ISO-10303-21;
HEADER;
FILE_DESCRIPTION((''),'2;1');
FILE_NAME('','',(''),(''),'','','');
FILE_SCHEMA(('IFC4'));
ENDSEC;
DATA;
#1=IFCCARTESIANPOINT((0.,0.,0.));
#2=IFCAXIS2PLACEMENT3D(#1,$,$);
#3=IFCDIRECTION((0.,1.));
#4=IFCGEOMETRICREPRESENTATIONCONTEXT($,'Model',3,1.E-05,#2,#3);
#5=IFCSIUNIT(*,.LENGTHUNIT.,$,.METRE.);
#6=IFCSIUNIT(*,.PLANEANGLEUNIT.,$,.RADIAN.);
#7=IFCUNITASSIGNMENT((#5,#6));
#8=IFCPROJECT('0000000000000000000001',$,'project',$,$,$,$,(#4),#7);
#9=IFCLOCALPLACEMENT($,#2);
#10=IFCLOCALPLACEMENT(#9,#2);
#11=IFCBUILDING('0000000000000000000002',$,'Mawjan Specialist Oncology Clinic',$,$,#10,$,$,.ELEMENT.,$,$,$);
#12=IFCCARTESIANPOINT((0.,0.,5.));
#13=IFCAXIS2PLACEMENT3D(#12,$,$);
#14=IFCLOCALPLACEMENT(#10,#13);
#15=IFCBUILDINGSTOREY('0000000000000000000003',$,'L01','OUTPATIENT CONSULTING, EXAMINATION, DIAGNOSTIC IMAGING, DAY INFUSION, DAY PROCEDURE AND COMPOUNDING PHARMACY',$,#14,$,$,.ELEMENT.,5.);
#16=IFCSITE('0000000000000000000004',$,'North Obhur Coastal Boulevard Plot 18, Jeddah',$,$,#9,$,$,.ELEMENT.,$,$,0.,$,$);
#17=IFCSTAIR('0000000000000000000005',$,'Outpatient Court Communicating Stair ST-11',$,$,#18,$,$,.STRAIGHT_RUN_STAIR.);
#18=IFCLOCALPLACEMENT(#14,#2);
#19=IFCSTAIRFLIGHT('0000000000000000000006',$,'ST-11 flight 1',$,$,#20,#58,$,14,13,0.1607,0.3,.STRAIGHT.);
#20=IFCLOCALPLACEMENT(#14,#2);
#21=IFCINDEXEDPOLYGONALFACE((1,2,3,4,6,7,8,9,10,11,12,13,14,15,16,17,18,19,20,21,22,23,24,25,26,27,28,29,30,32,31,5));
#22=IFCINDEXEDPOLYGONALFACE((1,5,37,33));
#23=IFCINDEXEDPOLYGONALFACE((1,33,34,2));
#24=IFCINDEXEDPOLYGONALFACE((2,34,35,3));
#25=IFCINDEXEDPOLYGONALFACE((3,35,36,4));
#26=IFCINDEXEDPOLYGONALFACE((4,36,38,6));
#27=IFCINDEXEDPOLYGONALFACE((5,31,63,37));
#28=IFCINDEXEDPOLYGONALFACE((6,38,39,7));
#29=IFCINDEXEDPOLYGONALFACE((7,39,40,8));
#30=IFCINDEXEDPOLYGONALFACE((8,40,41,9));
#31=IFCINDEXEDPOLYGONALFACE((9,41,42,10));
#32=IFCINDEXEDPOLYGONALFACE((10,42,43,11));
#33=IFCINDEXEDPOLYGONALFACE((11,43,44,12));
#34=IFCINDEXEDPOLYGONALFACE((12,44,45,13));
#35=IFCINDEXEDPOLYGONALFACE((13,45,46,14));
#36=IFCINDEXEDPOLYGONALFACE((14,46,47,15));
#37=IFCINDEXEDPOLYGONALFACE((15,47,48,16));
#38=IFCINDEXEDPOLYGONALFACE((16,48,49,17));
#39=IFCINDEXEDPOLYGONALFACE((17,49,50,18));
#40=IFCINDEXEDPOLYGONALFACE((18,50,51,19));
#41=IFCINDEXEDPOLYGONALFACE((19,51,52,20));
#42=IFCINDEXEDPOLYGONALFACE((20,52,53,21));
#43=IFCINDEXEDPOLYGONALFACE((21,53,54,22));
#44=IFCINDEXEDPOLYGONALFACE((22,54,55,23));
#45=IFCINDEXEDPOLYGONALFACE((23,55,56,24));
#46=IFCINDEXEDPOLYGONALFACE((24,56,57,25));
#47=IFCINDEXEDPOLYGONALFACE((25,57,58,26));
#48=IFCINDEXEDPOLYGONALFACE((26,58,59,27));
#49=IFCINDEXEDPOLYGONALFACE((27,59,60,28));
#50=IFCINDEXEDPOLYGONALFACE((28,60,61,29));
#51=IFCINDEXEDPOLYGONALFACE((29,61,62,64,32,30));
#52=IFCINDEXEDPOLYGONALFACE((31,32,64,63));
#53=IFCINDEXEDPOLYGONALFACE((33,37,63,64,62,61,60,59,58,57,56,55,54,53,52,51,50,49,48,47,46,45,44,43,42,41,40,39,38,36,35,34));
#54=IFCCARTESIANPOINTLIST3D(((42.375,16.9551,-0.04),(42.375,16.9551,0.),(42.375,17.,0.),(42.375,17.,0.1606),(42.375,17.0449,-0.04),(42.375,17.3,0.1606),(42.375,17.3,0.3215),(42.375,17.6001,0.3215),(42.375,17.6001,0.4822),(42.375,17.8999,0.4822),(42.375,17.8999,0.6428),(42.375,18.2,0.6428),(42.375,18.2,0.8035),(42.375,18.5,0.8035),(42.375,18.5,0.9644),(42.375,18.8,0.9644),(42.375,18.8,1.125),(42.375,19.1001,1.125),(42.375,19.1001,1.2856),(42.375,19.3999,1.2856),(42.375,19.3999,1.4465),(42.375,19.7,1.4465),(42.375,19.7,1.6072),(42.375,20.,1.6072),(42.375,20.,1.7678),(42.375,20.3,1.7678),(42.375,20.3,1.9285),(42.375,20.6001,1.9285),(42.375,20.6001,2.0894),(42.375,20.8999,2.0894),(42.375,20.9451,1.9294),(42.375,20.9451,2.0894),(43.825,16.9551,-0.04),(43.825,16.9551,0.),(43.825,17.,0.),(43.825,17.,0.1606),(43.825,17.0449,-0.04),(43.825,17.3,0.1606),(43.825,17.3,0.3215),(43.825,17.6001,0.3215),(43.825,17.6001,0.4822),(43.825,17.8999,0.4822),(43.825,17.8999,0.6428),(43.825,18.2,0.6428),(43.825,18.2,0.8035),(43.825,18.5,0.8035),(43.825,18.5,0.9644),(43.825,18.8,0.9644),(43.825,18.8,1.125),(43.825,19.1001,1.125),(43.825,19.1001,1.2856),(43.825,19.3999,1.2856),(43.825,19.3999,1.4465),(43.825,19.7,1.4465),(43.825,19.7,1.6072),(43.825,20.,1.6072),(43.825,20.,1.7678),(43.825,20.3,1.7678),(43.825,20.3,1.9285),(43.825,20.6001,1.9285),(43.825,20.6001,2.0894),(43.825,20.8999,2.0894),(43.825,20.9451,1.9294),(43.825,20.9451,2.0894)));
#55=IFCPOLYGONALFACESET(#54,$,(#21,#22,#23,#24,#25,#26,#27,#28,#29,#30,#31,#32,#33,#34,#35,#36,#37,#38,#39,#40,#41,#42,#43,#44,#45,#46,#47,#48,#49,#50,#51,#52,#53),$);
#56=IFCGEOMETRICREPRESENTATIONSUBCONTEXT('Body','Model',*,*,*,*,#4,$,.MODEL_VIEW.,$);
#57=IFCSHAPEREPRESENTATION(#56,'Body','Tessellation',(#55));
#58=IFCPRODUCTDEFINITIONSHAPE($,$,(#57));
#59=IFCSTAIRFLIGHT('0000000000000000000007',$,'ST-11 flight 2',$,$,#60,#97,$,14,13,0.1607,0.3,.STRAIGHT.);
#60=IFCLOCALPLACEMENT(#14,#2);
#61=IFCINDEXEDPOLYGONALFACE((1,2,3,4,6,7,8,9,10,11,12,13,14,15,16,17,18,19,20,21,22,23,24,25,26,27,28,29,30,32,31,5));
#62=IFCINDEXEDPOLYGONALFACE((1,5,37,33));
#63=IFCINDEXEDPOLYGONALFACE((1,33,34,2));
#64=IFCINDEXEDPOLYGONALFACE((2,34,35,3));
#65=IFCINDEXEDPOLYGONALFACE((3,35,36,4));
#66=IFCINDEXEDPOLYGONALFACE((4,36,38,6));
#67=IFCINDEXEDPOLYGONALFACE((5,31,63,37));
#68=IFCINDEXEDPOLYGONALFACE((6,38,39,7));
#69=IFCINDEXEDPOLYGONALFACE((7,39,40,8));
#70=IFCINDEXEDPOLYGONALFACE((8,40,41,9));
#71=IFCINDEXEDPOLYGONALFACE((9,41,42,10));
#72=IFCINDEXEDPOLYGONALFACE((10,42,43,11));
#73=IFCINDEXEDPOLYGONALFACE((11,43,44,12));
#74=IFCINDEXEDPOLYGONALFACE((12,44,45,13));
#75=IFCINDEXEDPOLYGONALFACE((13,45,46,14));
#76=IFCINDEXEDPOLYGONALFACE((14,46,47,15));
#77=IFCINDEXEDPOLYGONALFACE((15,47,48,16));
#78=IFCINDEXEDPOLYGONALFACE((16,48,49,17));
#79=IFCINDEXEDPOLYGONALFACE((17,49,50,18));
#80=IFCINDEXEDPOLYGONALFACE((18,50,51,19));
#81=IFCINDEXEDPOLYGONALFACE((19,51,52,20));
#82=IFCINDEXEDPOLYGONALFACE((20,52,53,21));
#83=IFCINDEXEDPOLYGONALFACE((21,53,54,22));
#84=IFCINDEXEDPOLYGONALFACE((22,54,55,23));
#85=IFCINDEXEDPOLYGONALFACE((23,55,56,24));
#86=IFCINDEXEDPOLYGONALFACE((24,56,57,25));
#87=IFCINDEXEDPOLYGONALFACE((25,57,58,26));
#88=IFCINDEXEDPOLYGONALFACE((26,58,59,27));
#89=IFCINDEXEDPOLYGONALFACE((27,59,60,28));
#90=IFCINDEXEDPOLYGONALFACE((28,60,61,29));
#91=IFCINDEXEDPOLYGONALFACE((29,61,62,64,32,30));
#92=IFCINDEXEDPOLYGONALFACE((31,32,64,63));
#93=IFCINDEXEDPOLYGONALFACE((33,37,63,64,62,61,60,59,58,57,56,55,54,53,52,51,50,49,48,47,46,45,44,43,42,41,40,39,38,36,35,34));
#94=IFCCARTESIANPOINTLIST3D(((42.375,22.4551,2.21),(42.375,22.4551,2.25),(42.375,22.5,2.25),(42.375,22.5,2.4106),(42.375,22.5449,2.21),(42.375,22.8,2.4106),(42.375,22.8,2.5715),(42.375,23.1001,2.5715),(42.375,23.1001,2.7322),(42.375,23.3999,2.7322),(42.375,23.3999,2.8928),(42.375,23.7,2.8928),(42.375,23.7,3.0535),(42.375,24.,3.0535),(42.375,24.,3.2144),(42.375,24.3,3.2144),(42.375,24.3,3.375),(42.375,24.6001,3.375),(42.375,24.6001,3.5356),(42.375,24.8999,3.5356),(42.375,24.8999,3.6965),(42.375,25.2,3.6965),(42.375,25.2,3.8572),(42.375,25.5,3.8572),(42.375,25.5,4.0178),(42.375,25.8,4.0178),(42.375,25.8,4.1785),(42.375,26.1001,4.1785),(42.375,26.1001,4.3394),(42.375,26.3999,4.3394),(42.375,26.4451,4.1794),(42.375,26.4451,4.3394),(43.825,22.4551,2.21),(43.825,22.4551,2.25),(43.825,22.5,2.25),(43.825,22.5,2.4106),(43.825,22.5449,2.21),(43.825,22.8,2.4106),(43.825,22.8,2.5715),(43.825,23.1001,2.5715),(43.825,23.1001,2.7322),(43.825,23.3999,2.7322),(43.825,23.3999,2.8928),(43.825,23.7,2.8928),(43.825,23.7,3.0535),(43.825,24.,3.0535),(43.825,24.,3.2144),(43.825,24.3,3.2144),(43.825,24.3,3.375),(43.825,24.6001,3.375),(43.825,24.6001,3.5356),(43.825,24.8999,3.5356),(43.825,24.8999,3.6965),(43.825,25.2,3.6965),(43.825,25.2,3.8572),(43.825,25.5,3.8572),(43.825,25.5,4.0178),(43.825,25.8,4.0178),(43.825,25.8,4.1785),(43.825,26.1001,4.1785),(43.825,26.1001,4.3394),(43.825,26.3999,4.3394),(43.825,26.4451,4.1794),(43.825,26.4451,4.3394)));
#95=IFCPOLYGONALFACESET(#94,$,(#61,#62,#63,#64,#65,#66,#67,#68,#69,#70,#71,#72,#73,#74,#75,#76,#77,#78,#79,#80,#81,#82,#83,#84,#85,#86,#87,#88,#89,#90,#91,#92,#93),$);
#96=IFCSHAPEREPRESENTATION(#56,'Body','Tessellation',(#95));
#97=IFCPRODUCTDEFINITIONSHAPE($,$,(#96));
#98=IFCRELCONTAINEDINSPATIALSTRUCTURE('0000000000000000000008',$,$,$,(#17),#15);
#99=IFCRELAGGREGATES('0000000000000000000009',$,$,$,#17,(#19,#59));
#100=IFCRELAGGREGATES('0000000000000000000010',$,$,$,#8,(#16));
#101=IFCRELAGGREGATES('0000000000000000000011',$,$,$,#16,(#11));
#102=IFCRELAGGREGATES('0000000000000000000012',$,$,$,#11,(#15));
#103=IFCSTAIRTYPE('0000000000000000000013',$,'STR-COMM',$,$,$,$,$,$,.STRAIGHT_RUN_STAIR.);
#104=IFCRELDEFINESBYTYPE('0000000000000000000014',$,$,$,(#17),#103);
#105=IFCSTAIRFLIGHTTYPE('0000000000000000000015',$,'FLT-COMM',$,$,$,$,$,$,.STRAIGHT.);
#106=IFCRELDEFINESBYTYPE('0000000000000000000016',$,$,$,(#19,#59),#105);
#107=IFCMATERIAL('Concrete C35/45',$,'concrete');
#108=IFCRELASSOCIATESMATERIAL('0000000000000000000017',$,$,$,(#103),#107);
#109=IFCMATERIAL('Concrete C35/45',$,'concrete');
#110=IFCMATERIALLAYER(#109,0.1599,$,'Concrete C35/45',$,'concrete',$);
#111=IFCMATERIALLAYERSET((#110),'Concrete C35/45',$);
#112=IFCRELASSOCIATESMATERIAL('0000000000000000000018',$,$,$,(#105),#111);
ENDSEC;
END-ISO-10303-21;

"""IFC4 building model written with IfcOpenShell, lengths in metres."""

from ifc_helpers import new_model, si_unit, direction, frame, origin, place, context, subcontext, project, spatial, polyline, outline, extrude, material, layer, layer_set, type_object, element, aggregate, save


model = new_model("IFC4")

# Units and contexts
model_context = context("Model", 3, precision=1e-05, world=origin(), true_north=direction((0.0, 1.0)))
body_context = subcontext(model_context, "Body", "Model", "MODEL_VIEW")
ifc_project = project(units=[si_unit("LENGTHUNIT", "METRE"), si_unit("PLANEANGLEUNIT", "RADIAN")], contexts=[model_context])

# Site, building, storey
site_placement = place(None, origin())
site = spatial("IfcSite", under=ifc_project, at=site_placement, Name="North Obhur Coastal Boulevard Plot 18, Jeddah", CompositionType="ELEMENT", RefElevation=0.0)
building_placement = place(site_placement, origin())
building = spatial("IfcBuilding", under=site, at=building_placement, Name="Mawjan Specialist Oncology Clinic", CompositionType="ELEMENT")
storey_placement = place(building_placement, frame((0.0, 0.0, 5.0)))
storey = spatial("IfcBuildingStorey", under=building, at=storey_placement, Name="L01", Description="OUTPATIENT CONSULTING, EXAMINATION, DIAGNOSTIC IMAGING, DAY INFUSION, DAY PROCEDURE AND COMPOUNDING PHARMACY", CompositionType="ELEMENT", Elevation=5.0)

# Stair, stair flights
ifc_material_1 = material(Name="Concrete C35/45", Category="concrete")
stair_type = type_object("IfcStairType", Name="STR-COMM", PredefinedType="STRAIGHT_RUN_STAIR", material=ifc_material_1)
stair_placement = place(storey_placement, origin())
stair = element("IfcStair", 1, at=stair_placement, inside=storey, type_object=stair_type, Name="Outpatient Court Communicating Stair ST-11", PredefinedType="STRAIGHT_RUN_STAIR")
ifc_material_2 = material(Name="Concrete C35/45", Category="concrete")
ifc_layer_1 = layer(ifc_material_2, 0.1599, Name="Concrete C35/45", Category="concrete")
ifc_layer_set_1 = layer_set([ifc_layer_1], Name="Concrete C35/45")
stair_flight_type = type_object("IfcStairFlightType", Name="FLT-COMM", PredefinedType="STRAIGHT", material=ifc_layer_set_1)
stair_flight_1_placement = place(storey_placement, frame((43.1001, 17.0, 0.0), z_axis=(0.0, 0.0, 1.0), x_axis=(0.0, 1.0, 0.0)))
stair_flight_1 = element("IfcStairFlight", 2, at=stair_flight_1_placement, type_object=stair_flight_type, Name="ST-11 flight 1", NumberOfRisers=14, NumberOfTreads=13, PredefinedType="STRAIGHT", RiserHeight=0.1607, TreadLength=0.3, context=body_context, shape_type="SweptSolid", body=[
    extrude(outline(polyline([(-0.0449, -0.04), (-0.0449, 0.0), (0.0, 0.0), (0.0, 0.1606), (0.3, 0.1606), (0.3, 0.3215), (0.6001, 0.3215), (0.6001, 0.4822), (0.8999, 0.4822), (0.8999, 0.6428), (1.2, 0.6428), (1.2, 0.8035), (1.5, 0.8035), (1.5, 0.9644), (1.8, 0.9644), (1.8, 1.125), (2.1001, 1.125), (2.1001, 1.2856), (2.3999, 1.2856), (2.3999, 1.4465), (2.7, 1.4465), (2.7, 1.6072), (3.0, 1.6072), (3.0, 1.7678), (3.3, 1.7678), (3.3, 1.9285), (3.6001, 1.9285), (3.6001, 2.0894), (3.8999, 2.0894), (3.9451, 2.0894), (3.9451, 1.9294), (0.0449, -0.04), (-0.0449, -0.04)])), frame((0.0, 0.7251, 0.0), z_axis=(0.0, -1.0, 0.0), x_axis=(1.0, 0.0, 0.0)), (0.0, 0.0, 1.0), 1.45),
])
stair_flight_2_placement = place(storey_placement, frame((43.1001, 22.5, 2.25), z_axis=(0.0, 0.0, 1.0), x_axis=(0.0, 1.0, 0.0)))
stair_flight_2 = element("IfcStairFlight", 3, at=stair_flight_2_placement, type_object=stair_flight_type, Name="ST-11 flight 2", NumberOfRisers=14, NumberOfTreads=13, PredefinedType="STRAIGHT", RiserHeight=0.1607, TreadLength=0.3, context=body_context, shape_type="SweptSolid", body=[
    extrude(outline(polyline([(-0.0449, -0.04), (-0.0449, 0.0), (0.0, 0.0), (0.0, 0.1606), (0.3, 0.1606), (0.3, 0.3215), (0.6001, 0.3215), (0.6001, 0.4822), (0.8999, 0.4822), (0.8999, 0.6428), (1.2, 0.6428), (1.2, 0.8035), (1.5, 0.8035), (1.5, 0.9644), (1.8, 0.9644), (1.8, 1.125), (2.1001, 1.125), (2.1001, 1.2856), (2.3999, 1.2856), (2.3999, 1.4465), (2.7, 1.4465), (2.7, 1.6072), (3.0, 1.6072), (3.0, 1.7678), (3.3, 1.7678), (3.3, 1.9285), (3.6001, 1.9285), (3.6001, 2.0894), (3.8999, 2.0894), (3.9451, 2.0894), (3.9451, 1.9294), (0.0449, -0.04), (-0.0449, -0.04)])), frame((0.0, 0.7251, 0.0), z_axis=(0.0, -1.0, 0.0), x_axis=(1.0, 0.0, 0.0)), (0.0, 0.0, 1.0), 1.45),
])
aggregate(stair, [stair_flight_1, stair_flight_2])

save(model, "model.ifc")
